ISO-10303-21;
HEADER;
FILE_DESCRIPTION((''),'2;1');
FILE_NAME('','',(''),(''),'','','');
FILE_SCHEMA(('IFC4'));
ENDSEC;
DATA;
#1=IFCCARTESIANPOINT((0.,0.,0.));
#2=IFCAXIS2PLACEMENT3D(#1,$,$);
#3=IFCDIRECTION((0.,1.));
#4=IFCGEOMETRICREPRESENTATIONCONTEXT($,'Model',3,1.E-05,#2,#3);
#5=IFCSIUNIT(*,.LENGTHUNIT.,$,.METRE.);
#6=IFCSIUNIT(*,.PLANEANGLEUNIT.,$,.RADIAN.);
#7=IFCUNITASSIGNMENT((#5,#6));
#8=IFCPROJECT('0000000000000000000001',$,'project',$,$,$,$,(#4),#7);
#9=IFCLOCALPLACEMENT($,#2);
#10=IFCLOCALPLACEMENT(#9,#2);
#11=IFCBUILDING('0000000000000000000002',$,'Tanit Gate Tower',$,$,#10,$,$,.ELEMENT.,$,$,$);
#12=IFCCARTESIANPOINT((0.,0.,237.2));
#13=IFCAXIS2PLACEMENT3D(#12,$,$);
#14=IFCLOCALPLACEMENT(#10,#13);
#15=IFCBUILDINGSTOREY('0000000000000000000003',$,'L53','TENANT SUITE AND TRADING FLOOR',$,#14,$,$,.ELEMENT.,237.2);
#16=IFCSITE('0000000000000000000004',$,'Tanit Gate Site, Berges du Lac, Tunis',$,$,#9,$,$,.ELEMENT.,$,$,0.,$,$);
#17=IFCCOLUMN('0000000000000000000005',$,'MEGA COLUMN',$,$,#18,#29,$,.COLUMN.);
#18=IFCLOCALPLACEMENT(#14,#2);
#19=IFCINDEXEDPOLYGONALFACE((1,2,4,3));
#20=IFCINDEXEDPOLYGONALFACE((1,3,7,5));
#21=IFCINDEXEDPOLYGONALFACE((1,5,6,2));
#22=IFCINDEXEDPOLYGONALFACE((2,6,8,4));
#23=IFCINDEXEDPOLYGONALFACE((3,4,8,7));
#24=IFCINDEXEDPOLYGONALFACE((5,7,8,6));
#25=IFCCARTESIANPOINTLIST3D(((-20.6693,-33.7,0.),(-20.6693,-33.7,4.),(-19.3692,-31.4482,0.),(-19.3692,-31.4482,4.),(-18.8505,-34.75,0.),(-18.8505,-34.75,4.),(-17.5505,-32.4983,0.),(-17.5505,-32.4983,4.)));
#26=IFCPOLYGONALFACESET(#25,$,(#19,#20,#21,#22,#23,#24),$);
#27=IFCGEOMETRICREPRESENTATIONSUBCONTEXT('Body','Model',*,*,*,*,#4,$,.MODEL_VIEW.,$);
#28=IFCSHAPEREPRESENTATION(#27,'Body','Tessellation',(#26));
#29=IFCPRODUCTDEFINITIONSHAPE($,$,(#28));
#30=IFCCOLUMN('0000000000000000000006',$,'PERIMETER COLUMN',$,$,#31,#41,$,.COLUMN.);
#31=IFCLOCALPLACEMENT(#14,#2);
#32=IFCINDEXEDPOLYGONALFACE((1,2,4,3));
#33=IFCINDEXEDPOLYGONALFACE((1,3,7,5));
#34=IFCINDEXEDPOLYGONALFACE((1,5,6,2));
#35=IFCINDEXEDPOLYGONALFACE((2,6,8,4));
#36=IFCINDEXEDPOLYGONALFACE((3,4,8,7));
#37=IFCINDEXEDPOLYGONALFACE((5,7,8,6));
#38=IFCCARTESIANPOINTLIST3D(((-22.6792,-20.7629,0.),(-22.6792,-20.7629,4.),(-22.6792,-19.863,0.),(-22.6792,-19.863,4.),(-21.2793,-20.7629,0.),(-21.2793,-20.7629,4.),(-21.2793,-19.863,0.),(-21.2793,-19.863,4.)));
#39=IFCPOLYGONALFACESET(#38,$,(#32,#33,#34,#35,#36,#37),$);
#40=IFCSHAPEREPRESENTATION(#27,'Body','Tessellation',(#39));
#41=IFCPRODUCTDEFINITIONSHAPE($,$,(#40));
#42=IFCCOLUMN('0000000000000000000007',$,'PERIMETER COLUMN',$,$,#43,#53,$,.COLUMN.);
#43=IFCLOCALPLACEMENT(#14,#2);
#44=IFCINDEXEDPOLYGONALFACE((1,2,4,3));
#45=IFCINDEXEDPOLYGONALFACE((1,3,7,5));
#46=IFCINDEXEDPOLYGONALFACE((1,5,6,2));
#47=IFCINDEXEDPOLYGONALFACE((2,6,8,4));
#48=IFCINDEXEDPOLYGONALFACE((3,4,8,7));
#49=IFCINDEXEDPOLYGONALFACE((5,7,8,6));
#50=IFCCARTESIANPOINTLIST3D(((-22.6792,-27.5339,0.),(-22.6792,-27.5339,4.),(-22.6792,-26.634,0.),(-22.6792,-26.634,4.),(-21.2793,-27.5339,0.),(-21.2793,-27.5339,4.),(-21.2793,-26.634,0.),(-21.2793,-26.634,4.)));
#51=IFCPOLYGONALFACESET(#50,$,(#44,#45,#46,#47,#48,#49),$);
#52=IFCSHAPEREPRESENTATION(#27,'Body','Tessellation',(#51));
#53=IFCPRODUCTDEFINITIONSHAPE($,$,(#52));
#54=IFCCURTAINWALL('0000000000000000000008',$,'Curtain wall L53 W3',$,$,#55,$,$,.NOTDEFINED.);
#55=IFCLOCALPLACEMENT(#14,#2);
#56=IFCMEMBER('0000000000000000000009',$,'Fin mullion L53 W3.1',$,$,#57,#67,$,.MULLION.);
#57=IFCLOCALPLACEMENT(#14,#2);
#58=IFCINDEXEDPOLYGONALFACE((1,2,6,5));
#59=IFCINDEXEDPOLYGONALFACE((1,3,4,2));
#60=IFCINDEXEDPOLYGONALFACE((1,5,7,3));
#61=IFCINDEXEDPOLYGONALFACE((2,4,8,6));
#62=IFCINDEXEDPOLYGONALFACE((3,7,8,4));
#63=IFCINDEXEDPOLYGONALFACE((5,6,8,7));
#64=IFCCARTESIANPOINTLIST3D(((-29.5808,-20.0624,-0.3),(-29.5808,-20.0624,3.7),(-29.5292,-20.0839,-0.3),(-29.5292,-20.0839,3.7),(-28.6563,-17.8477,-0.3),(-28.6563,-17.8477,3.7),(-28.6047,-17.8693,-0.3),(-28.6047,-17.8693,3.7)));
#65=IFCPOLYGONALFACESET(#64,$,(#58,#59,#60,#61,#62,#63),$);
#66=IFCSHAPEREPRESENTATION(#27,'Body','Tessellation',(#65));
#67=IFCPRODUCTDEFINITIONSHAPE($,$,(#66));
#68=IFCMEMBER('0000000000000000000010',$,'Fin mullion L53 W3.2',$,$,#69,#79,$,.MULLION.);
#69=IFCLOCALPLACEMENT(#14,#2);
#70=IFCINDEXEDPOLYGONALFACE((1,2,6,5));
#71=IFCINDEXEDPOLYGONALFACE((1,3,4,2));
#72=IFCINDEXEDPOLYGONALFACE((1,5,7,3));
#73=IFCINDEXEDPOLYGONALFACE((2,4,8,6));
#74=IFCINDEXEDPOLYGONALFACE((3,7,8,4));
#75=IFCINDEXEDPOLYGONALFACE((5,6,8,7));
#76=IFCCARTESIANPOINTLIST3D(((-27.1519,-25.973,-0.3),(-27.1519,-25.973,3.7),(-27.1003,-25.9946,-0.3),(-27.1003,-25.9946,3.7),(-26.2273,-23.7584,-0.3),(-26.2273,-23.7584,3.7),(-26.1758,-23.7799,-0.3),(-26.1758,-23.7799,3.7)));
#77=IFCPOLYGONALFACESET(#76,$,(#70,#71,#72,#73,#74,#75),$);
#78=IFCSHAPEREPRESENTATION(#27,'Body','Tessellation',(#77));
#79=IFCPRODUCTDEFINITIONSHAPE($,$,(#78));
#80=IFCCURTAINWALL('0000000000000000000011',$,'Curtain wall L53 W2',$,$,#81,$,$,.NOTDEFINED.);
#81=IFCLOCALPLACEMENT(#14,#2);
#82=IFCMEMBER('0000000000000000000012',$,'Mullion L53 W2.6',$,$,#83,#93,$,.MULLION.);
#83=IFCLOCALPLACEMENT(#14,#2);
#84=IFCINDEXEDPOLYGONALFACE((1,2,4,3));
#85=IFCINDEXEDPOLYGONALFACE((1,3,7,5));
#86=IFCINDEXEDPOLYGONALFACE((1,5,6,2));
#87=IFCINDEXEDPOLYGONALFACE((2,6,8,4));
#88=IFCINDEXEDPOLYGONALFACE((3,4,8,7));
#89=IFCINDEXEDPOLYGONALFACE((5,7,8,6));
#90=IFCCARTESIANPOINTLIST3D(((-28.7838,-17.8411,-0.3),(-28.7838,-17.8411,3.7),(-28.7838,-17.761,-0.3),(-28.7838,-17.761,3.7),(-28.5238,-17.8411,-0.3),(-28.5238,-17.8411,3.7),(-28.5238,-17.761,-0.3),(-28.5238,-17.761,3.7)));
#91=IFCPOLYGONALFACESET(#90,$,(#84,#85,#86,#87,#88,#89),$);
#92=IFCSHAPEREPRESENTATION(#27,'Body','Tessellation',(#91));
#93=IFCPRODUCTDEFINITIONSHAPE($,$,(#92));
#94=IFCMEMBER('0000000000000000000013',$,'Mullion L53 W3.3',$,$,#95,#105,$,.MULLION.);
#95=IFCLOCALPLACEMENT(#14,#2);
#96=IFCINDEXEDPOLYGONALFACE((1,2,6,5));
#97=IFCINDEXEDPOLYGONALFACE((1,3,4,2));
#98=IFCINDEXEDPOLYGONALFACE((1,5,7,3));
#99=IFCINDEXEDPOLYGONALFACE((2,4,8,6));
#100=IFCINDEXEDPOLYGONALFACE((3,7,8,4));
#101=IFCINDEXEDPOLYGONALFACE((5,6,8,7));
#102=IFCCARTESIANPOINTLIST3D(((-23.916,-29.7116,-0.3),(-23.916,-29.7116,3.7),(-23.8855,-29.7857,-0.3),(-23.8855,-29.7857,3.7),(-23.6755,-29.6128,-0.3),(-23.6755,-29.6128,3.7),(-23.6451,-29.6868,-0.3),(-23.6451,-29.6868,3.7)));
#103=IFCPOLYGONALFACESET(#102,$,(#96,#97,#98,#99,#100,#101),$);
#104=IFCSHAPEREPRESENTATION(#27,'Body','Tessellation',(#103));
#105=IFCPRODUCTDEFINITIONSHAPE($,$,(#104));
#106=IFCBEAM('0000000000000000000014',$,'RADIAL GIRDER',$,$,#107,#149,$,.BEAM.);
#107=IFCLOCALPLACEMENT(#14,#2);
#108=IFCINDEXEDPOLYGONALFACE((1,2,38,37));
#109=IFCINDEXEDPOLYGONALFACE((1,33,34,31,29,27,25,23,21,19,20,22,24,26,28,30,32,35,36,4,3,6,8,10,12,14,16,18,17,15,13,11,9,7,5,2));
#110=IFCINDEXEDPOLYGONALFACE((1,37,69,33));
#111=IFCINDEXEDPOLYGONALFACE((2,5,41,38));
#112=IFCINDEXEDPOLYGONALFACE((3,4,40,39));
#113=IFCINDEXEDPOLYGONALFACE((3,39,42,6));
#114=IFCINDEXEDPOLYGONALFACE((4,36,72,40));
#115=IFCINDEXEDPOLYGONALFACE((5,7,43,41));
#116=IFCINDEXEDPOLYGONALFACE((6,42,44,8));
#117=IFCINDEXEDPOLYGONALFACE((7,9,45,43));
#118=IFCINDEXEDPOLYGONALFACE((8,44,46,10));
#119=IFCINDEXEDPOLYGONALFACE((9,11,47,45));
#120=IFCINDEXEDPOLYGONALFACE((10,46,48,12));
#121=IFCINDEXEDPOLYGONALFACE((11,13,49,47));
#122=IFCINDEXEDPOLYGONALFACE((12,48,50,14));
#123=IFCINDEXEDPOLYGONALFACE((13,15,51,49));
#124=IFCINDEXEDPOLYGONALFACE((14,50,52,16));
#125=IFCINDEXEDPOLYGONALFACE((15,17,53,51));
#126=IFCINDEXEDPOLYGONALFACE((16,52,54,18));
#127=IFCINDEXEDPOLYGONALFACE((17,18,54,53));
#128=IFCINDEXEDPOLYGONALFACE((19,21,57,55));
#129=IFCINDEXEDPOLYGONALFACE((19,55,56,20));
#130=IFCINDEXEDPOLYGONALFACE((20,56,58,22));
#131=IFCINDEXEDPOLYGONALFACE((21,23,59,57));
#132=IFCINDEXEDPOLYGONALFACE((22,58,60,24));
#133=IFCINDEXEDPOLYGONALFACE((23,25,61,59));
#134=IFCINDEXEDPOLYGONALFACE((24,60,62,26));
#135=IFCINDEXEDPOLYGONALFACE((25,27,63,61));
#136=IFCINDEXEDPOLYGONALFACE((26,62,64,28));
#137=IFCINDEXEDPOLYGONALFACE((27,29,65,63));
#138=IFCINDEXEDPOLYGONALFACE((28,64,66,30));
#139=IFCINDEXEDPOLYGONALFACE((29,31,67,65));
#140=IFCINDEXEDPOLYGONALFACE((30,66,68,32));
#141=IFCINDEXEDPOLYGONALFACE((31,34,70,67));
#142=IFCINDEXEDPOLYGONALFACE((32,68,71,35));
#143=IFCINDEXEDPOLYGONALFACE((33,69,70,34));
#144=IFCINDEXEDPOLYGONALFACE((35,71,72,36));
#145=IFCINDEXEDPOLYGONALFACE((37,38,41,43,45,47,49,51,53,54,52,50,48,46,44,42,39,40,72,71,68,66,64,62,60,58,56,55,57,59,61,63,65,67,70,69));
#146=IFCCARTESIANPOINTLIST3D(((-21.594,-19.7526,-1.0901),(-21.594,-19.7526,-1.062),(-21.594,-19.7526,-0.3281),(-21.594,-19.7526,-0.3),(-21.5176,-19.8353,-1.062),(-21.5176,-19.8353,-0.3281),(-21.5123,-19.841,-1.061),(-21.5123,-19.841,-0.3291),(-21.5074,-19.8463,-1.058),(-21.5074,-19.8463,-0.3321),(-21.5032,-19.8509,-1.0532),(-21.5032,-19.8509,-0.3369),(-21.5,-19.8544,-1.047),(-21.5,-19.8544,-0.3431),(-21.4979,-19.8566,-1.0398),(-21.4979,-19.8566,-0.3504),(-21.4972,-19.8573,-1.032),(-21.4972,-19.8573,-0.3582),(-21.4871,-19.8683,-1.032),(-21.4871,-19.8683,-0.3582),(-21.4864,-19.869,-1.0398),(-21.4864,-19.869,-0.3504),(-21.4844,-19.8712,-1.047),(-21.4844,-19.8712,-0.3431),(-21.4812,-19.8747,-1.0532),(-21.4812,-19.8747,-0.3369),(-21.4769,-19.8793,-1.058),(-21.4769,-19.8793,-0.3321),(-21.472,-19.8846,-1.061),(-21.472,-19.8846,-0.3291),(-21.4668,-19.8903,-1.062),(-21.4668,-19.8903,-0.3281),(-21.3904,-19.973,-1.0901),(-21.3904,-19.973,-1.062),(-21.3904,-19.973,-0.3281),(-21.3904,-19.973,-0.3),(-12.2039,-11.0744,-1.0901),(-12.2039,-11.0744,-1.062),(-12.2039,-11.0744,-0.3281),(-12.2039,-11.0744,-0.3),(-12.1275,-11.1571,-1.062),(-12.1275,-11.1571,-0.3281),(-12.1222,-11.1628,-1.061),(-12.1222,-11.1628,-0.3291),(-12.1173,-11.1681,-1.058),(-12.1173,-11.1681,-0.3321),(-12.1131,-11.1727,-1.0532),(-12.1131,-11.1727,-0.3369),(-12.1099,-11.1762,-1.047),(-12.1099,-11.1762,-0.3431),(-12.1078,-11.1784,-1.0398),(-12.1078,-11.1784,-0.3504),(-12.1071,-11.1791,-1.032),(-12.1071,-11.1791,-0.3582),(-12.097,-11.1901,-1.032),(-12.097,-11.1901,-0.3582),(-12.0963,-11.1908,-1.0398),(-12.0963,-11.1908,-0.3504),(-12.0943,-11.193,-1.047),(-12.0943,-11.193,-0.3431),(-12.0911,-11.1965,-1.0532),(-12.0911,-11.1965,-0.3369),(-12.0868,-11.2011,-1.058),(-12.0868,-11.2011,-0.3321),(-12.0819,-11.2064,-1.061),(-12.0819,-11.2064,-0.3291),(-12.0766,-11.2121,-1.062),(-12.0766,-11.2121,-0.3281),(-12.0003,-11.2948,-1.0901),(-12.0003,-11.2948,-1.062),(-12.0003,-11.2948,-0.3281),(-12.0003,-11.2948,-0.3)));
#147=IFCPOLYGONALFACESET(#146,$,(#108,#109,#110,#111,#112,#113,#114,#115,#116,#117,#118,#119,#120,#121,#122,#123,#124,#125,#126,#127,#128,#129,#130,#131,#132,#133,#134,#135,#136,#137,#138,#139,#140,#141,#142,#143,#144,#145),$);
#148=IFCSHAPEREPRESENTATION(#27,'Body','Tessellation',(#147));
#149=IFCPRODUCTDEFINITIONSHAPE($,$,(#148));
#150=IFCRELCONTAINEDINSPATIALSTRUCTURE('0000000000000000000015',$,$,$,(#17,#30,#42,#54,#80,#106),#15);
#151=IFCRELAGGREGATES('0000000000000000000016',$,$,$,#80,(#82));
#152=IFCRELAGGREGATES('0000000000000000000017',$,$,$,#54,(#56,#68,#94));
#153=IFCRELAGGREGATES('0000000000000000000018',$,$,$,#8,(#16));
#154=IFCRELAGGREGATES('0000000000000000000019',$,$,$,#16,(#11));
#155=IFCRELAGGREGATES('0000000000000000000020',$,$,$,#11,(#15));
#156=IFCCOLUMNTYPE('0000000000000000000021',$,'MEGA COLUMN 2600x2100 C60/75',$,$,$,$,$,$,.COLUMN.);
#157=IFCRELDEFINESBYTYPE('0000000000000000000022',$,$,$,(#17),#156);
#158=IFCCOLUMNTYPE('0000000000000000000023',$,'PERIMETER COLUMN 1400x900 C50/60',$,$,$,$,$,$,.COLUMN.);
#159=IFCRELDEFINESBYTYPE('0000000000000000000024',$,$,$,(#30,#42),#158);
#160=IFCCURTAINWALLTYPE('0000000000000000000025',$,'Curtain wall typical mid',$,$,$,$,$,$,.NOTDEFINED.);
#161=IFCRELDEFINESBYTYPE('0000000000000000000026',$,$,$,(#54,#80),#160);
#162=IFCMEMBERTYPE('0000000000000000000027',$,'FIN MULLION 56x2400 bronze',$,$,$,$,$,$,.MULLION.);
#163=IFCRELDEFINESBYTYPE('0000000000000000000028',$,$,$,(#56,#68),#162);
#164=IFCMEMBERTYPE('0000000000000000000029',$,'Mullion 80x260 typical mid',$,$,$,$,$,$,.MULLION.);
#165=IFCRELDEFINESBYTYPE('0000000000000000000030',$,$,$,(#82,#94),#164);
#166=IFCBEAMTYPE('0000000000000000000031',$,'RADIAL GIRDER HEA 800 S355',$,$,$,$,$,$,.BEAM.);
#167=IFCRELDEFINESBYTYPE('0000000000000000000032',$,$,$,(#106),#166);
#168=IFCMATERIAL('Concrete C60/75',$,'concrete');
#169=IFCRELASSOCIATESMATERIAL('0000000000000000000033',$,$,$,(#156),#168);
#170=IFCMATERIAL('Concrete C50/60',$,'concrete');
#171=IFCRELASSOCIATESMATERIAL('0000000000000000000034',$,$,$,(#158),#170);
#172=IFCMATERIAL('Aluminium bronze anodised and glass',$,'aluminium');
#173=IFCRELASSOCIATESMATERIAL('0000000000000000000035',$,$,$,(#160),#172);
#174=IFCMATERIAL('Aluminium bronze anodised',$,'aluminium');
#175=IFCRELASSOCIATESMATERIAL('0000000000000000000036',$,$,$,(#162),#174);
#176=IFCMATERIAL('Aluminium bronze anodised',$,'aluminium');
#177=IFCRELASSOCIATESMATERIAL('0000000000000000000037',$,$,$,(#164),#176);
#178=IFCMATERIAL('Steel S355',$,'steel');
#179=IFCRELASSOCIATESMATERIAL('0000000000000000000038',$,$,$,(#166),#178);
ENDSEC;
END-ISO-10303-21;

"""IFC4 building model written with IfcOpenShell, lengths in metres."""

from ifc_helpers import new_model, si_unit, direction, frame, origin, origin_2d, place, context, subcontext, project, spatial, rectangle, i_section, extrude, material, material_profile, profile_set, type_object, element, aggregate, save


model = new_model("IFC4")

# Units and contexts
model_context = context("Model", 3, precision=1e-05, world=origin(), true_north=direction((0.0, 1.0)))
body_context = subcontext(model_context, "Body", "Model", "MODEL_VIEW")
ifc_project = project(units=[si_unit("LENGTHUNIT", "METRE"), si_unit("PLANEANGLEUNIT", "RADIAN")], contexts=[model_context])

# Site, building, storey
site_placement = place(None, origin())
site = spatial("IfcSite", under=ifc_project, at=site_placement, Name="Tanit Gate Site, Berges du Lac, Tunis", CompositionType="ELEMENT", RefElevation=0.0)
building_placement = place(site_placement, origin())
building = spatial("IfcBuilding", under=site, at=building_placement, Name="Tanit Gate Tower", CompositionType="ELEMENT")
storey_placement = place(building_placement, frame((0.0, 0.0, 237.2)))
storey = spatial("IfcBuildingStorey", under=building, at=storey_placement, Name="L53", Description="TENANT SUITE AND TRADING FLOOR", CompositionType="ELEMENT", Elevation=237.2)

# Columns
ifc_material_1 = material(Name="Concrete C60/75", Category="concrete")
ifc_material_profile_1 = material_profile(ifc_material_1, rectangle(XDim=2.6001, YDim=2.1001, at=origin_2d()), Name="RC 2600x2100")
ifc_profile_set_1 = profile_set([ifc_material_profile_1], Name="Concrete C60/75")
column_type_1 = type_object("IfcColumnType", Name="MEGA COLUMN 2600x2100 C60/75", PredefinedType="COLUMN", material=ifc_profile_set_1)
column_placement = place(storey_placement, frame((-19.1099, -33.0991, 0.0), z_axis=(0.0, 0.0, 1.0), x_axis=(-0.5, -0.866025, 0.0)))
element("IfcColumn", 1, at=column_placement, inside=storey, type_object=column_type_1, Name="MEGA COLUMN", PredefinedType="COLUMN", context=body_context, shape_type="SweptSolid", body=[
    extrude(rectangle(XDim=2.6001, YDim=2.1001, at=origin_2d()), origin(), (0.0, 0.0, 1.0), 4.0),
])
ifc_material_2 = material(Name="Concrete C50/60", Category="concrete")
ifc_material_profile_2 = material_profile(ifc_material_2, rectangle(XDim=1.3999, YDim=0.8999, at=origin_2d()), Name="RC 1400x900")
ifc_profile_set_2 = profile_set([ifc_material_profile_2], Name="Concrete C50/60")
column_type_2 = type_object("IfcColumnType", Name="PERIMETER COLUMN 1400x900 C50/60", PredefinedType="COLUMN", material=ifc_profile_set_2)
for number, where, z_axis, x_axis, name in (
    (2, (-21.9792, -20.313, 0.0), (0.0, 0.0, 1.0), (-1.0, 0.0, 0.0), "PERIMETER COLUMN"),
    (3, (-21.9792, -27.084, 0.0), (0.0, 0.0, 1.0), (-1.0, 0.0, 0.0), "PERIMETER COLUMN"),
):
    element("IfcColumn", number, at=place(storey_placement, frame(where, z_axis=z_axis, x_axis=x_axis)), inside=storey, type_object=column_type_2, Name=name, PredefinedType="COLUMN", context=body_context, shape_type="SweptSolid", body=[
        extrude(rectangle(XDim=1.3999, YDim=0.8999, at=origin_2d()), origin(), (0.0, 0.0, 1.0), 4.0),
    ])

# Curtain wall, members
ifc_material_3 = material(Name="Aluminium bronze anodised and glass", Category="aluminium")
curtain_wall_type = type_object("IfcCurtainWallType", Name="Curtain wall typical mid", PredefinedType="NOTDEFINED", material=ifc_material_3)
curtain_wall_1_placement = place(storey_placement, origin())
curtain_wall_1 = element("IfcCurtainWall", 4, at=curtain_wall_1_placement, inside=storey, type_object=curtain_wall_type, Name="Curtain wall L53 W3", PredefinedType="NOTDEFINED")
ifc_material_4 = material(Name="Aluminium bronze anodised", Category="aluminium")
ifc_material_profile_3 = material_profile(ifc_material_4, rectangle(XDim=2.3999, YDim=0.0559, at=origin_2d()), Name="56x2400 bronze fin mullion")
ifc_profile_set_3 = profile_set([ifc_material_profile_3], Name="Aluminium bronze anodised")
member_type_1 = type_object("IfcMemberType", Name="FIN MULLION 56x2400 bronze", PredefinedType="MULLION", material=ifc_profile_set_3)
member_1_placement = place(storey_placement, frame((-29.0928, -18.9658, -0.3), z_axis=(0.0, 0.0, 1.0), x_axis=(0.385238, 0.922817, 0.0)))
member_1 = element("IfcMember", 5, at=member_1_placement, type_object=member_type_1, Name="Fin mullion L53 W3.1", PredefinedType="MULLION", context=body_context, shape_type="SweptSolid", body=[
    extrude(rectangle(XDim=2.3999, YDim=0.0559, at=origin_2d()), origin(), (0.0, 0.0, 1.0), 4.0),
])
member_2_placement = place(storey_placement, frame((-26.6638, -24.8765, -0.3), z_axis=(0.0, 0.0, 1.0), x_axis=(0.385238, 0.922817, 0.0)))
member_2 = element("IfcMember", 6, at=member_2_placement, type_object=member_type_1, Name="Fin mullion L53 W3.2", PredefinedType="MULLION", context=body_context, shape_type="SweptSolid", body=[
    extrude(rectangle(XDim=2.3999, YDim=0.0559, at=origin_2d()), origin(), (0.0, 0.0, 1.0), 4.0),
])

# Curtain wall, member
curtain_wall_2_placement = place(storey_placement, origin())
curtain_wall_2 = element("IfcCurtainWall", 7, at=curtain_wall_2_placement, inside=storey, type_object=curtain_wall_type, Name="Curtain wall L53 W2", PredefinedType="NOTDEFINED")
ifc_material_5 = material(Name="Aluminium bronze anodised", Category="aluminium")
ifc_material_profile_4 = material_profile(ifc_material_5, rectangle(XDim=0.26, YDim=0.0801, at=origin_2d()), Name="80x260 bronze mullion")
ifc_profile_set_4 = profile_set([ifc_material_profile_4], Name="Aluminium bronze anodised")
member_type_2 = type_object("IfcMemberType", Name="Mullion 80x260 typical mid", PredefinedType="MULLION", material=ifc_profile_set_4)
member_3_placement = place(storey_placement, frame((-28.6538, -17.801, -0.3), z_axis=(0.0, 0.0, 1.0), x_axis=(1.0, 0.000069, 0.0)))
member_3 = element("IfcMember", 8, at=member_3_placement, type_object=member_type_2, Name="Mullion L53 W2.6", PredefinedType="MULLION", context=body_context, shape_type="SweptSolid", body=[
    extrude(rectangle(XDim=0.26, YDim=0.0801, at=origin_2d()), origin(), (0.0, 0.0, 1.0), 4.0),
])
aggregate(curtain_wall_2, [member_3])

# Member
member_4_placement = place(storey_placement, frame((-23.7805, -29.6992, -0.3), z_axis=(0.0, 0.0, 1.0), x_axis=(0.924935, 0.380126, 0.0)))
member_4 = element("IfcMember", 9, at=member_4_placement, type_object=member_type_2, Name="Mullion L53 W3.3", PredefinedType="MULLION", context=body_context, shape_type="SweptSolid", body=[
    extrude(rectangle(XDim=0.26, YDim=0.0801, at=origin_2d()), origin(), (0.0, 0.0, 1.0), 4.0),
])

# Beam
ifc_material_6 = material(Name="Steel S355", Category="steel")
ifc_material_profile_5 = material_profile(ifc_material_6, i_section(OverallWidth=0.3, OverallDepth=0.79, WebThickness=0.0149, FlangeThickness=0.0281, FilletRadius=0.03, at=origin_2d()), Name="HEA 800")
ifc_profile_set_5 = profile_set([ifc_material_profile_5], Name="Steel S355")
beam_type_1 = type_object("IfcBeamType", Name="RADIAL GIRDER HEA 800 S355", PredefinedType="BEAM", material=ifc_profile_set_5)
beam_1_placement = place(storey_placement, frame((-21.4922, -19.8628, -0.6951), z_axis=(0.734398, 0.678719, 0.0), x_axis=(-0.678719, 0.734398, 0.0)))
element("IfcBeam", 10, at=beam_1_placement, inside=storey, type_object=beam_type_1, Name="RADIAL GIRDER", PredefinedType="BEAM", context=body_context, shape_type="SweptSolid", body=[
    extrude(i_section(OverallWidth=0.3, OverallDepth=0.79, WebThickness=0.0149, FlangeThickness=0.0281, FilletRadius=0.03, at=origin_2d()), origin(), (0.0, 0.0, 1.0), 12.7861),
])

aggregate(curtain_wall_1, [member_1, member_2, member_4])

save(model, "model.ifc")
